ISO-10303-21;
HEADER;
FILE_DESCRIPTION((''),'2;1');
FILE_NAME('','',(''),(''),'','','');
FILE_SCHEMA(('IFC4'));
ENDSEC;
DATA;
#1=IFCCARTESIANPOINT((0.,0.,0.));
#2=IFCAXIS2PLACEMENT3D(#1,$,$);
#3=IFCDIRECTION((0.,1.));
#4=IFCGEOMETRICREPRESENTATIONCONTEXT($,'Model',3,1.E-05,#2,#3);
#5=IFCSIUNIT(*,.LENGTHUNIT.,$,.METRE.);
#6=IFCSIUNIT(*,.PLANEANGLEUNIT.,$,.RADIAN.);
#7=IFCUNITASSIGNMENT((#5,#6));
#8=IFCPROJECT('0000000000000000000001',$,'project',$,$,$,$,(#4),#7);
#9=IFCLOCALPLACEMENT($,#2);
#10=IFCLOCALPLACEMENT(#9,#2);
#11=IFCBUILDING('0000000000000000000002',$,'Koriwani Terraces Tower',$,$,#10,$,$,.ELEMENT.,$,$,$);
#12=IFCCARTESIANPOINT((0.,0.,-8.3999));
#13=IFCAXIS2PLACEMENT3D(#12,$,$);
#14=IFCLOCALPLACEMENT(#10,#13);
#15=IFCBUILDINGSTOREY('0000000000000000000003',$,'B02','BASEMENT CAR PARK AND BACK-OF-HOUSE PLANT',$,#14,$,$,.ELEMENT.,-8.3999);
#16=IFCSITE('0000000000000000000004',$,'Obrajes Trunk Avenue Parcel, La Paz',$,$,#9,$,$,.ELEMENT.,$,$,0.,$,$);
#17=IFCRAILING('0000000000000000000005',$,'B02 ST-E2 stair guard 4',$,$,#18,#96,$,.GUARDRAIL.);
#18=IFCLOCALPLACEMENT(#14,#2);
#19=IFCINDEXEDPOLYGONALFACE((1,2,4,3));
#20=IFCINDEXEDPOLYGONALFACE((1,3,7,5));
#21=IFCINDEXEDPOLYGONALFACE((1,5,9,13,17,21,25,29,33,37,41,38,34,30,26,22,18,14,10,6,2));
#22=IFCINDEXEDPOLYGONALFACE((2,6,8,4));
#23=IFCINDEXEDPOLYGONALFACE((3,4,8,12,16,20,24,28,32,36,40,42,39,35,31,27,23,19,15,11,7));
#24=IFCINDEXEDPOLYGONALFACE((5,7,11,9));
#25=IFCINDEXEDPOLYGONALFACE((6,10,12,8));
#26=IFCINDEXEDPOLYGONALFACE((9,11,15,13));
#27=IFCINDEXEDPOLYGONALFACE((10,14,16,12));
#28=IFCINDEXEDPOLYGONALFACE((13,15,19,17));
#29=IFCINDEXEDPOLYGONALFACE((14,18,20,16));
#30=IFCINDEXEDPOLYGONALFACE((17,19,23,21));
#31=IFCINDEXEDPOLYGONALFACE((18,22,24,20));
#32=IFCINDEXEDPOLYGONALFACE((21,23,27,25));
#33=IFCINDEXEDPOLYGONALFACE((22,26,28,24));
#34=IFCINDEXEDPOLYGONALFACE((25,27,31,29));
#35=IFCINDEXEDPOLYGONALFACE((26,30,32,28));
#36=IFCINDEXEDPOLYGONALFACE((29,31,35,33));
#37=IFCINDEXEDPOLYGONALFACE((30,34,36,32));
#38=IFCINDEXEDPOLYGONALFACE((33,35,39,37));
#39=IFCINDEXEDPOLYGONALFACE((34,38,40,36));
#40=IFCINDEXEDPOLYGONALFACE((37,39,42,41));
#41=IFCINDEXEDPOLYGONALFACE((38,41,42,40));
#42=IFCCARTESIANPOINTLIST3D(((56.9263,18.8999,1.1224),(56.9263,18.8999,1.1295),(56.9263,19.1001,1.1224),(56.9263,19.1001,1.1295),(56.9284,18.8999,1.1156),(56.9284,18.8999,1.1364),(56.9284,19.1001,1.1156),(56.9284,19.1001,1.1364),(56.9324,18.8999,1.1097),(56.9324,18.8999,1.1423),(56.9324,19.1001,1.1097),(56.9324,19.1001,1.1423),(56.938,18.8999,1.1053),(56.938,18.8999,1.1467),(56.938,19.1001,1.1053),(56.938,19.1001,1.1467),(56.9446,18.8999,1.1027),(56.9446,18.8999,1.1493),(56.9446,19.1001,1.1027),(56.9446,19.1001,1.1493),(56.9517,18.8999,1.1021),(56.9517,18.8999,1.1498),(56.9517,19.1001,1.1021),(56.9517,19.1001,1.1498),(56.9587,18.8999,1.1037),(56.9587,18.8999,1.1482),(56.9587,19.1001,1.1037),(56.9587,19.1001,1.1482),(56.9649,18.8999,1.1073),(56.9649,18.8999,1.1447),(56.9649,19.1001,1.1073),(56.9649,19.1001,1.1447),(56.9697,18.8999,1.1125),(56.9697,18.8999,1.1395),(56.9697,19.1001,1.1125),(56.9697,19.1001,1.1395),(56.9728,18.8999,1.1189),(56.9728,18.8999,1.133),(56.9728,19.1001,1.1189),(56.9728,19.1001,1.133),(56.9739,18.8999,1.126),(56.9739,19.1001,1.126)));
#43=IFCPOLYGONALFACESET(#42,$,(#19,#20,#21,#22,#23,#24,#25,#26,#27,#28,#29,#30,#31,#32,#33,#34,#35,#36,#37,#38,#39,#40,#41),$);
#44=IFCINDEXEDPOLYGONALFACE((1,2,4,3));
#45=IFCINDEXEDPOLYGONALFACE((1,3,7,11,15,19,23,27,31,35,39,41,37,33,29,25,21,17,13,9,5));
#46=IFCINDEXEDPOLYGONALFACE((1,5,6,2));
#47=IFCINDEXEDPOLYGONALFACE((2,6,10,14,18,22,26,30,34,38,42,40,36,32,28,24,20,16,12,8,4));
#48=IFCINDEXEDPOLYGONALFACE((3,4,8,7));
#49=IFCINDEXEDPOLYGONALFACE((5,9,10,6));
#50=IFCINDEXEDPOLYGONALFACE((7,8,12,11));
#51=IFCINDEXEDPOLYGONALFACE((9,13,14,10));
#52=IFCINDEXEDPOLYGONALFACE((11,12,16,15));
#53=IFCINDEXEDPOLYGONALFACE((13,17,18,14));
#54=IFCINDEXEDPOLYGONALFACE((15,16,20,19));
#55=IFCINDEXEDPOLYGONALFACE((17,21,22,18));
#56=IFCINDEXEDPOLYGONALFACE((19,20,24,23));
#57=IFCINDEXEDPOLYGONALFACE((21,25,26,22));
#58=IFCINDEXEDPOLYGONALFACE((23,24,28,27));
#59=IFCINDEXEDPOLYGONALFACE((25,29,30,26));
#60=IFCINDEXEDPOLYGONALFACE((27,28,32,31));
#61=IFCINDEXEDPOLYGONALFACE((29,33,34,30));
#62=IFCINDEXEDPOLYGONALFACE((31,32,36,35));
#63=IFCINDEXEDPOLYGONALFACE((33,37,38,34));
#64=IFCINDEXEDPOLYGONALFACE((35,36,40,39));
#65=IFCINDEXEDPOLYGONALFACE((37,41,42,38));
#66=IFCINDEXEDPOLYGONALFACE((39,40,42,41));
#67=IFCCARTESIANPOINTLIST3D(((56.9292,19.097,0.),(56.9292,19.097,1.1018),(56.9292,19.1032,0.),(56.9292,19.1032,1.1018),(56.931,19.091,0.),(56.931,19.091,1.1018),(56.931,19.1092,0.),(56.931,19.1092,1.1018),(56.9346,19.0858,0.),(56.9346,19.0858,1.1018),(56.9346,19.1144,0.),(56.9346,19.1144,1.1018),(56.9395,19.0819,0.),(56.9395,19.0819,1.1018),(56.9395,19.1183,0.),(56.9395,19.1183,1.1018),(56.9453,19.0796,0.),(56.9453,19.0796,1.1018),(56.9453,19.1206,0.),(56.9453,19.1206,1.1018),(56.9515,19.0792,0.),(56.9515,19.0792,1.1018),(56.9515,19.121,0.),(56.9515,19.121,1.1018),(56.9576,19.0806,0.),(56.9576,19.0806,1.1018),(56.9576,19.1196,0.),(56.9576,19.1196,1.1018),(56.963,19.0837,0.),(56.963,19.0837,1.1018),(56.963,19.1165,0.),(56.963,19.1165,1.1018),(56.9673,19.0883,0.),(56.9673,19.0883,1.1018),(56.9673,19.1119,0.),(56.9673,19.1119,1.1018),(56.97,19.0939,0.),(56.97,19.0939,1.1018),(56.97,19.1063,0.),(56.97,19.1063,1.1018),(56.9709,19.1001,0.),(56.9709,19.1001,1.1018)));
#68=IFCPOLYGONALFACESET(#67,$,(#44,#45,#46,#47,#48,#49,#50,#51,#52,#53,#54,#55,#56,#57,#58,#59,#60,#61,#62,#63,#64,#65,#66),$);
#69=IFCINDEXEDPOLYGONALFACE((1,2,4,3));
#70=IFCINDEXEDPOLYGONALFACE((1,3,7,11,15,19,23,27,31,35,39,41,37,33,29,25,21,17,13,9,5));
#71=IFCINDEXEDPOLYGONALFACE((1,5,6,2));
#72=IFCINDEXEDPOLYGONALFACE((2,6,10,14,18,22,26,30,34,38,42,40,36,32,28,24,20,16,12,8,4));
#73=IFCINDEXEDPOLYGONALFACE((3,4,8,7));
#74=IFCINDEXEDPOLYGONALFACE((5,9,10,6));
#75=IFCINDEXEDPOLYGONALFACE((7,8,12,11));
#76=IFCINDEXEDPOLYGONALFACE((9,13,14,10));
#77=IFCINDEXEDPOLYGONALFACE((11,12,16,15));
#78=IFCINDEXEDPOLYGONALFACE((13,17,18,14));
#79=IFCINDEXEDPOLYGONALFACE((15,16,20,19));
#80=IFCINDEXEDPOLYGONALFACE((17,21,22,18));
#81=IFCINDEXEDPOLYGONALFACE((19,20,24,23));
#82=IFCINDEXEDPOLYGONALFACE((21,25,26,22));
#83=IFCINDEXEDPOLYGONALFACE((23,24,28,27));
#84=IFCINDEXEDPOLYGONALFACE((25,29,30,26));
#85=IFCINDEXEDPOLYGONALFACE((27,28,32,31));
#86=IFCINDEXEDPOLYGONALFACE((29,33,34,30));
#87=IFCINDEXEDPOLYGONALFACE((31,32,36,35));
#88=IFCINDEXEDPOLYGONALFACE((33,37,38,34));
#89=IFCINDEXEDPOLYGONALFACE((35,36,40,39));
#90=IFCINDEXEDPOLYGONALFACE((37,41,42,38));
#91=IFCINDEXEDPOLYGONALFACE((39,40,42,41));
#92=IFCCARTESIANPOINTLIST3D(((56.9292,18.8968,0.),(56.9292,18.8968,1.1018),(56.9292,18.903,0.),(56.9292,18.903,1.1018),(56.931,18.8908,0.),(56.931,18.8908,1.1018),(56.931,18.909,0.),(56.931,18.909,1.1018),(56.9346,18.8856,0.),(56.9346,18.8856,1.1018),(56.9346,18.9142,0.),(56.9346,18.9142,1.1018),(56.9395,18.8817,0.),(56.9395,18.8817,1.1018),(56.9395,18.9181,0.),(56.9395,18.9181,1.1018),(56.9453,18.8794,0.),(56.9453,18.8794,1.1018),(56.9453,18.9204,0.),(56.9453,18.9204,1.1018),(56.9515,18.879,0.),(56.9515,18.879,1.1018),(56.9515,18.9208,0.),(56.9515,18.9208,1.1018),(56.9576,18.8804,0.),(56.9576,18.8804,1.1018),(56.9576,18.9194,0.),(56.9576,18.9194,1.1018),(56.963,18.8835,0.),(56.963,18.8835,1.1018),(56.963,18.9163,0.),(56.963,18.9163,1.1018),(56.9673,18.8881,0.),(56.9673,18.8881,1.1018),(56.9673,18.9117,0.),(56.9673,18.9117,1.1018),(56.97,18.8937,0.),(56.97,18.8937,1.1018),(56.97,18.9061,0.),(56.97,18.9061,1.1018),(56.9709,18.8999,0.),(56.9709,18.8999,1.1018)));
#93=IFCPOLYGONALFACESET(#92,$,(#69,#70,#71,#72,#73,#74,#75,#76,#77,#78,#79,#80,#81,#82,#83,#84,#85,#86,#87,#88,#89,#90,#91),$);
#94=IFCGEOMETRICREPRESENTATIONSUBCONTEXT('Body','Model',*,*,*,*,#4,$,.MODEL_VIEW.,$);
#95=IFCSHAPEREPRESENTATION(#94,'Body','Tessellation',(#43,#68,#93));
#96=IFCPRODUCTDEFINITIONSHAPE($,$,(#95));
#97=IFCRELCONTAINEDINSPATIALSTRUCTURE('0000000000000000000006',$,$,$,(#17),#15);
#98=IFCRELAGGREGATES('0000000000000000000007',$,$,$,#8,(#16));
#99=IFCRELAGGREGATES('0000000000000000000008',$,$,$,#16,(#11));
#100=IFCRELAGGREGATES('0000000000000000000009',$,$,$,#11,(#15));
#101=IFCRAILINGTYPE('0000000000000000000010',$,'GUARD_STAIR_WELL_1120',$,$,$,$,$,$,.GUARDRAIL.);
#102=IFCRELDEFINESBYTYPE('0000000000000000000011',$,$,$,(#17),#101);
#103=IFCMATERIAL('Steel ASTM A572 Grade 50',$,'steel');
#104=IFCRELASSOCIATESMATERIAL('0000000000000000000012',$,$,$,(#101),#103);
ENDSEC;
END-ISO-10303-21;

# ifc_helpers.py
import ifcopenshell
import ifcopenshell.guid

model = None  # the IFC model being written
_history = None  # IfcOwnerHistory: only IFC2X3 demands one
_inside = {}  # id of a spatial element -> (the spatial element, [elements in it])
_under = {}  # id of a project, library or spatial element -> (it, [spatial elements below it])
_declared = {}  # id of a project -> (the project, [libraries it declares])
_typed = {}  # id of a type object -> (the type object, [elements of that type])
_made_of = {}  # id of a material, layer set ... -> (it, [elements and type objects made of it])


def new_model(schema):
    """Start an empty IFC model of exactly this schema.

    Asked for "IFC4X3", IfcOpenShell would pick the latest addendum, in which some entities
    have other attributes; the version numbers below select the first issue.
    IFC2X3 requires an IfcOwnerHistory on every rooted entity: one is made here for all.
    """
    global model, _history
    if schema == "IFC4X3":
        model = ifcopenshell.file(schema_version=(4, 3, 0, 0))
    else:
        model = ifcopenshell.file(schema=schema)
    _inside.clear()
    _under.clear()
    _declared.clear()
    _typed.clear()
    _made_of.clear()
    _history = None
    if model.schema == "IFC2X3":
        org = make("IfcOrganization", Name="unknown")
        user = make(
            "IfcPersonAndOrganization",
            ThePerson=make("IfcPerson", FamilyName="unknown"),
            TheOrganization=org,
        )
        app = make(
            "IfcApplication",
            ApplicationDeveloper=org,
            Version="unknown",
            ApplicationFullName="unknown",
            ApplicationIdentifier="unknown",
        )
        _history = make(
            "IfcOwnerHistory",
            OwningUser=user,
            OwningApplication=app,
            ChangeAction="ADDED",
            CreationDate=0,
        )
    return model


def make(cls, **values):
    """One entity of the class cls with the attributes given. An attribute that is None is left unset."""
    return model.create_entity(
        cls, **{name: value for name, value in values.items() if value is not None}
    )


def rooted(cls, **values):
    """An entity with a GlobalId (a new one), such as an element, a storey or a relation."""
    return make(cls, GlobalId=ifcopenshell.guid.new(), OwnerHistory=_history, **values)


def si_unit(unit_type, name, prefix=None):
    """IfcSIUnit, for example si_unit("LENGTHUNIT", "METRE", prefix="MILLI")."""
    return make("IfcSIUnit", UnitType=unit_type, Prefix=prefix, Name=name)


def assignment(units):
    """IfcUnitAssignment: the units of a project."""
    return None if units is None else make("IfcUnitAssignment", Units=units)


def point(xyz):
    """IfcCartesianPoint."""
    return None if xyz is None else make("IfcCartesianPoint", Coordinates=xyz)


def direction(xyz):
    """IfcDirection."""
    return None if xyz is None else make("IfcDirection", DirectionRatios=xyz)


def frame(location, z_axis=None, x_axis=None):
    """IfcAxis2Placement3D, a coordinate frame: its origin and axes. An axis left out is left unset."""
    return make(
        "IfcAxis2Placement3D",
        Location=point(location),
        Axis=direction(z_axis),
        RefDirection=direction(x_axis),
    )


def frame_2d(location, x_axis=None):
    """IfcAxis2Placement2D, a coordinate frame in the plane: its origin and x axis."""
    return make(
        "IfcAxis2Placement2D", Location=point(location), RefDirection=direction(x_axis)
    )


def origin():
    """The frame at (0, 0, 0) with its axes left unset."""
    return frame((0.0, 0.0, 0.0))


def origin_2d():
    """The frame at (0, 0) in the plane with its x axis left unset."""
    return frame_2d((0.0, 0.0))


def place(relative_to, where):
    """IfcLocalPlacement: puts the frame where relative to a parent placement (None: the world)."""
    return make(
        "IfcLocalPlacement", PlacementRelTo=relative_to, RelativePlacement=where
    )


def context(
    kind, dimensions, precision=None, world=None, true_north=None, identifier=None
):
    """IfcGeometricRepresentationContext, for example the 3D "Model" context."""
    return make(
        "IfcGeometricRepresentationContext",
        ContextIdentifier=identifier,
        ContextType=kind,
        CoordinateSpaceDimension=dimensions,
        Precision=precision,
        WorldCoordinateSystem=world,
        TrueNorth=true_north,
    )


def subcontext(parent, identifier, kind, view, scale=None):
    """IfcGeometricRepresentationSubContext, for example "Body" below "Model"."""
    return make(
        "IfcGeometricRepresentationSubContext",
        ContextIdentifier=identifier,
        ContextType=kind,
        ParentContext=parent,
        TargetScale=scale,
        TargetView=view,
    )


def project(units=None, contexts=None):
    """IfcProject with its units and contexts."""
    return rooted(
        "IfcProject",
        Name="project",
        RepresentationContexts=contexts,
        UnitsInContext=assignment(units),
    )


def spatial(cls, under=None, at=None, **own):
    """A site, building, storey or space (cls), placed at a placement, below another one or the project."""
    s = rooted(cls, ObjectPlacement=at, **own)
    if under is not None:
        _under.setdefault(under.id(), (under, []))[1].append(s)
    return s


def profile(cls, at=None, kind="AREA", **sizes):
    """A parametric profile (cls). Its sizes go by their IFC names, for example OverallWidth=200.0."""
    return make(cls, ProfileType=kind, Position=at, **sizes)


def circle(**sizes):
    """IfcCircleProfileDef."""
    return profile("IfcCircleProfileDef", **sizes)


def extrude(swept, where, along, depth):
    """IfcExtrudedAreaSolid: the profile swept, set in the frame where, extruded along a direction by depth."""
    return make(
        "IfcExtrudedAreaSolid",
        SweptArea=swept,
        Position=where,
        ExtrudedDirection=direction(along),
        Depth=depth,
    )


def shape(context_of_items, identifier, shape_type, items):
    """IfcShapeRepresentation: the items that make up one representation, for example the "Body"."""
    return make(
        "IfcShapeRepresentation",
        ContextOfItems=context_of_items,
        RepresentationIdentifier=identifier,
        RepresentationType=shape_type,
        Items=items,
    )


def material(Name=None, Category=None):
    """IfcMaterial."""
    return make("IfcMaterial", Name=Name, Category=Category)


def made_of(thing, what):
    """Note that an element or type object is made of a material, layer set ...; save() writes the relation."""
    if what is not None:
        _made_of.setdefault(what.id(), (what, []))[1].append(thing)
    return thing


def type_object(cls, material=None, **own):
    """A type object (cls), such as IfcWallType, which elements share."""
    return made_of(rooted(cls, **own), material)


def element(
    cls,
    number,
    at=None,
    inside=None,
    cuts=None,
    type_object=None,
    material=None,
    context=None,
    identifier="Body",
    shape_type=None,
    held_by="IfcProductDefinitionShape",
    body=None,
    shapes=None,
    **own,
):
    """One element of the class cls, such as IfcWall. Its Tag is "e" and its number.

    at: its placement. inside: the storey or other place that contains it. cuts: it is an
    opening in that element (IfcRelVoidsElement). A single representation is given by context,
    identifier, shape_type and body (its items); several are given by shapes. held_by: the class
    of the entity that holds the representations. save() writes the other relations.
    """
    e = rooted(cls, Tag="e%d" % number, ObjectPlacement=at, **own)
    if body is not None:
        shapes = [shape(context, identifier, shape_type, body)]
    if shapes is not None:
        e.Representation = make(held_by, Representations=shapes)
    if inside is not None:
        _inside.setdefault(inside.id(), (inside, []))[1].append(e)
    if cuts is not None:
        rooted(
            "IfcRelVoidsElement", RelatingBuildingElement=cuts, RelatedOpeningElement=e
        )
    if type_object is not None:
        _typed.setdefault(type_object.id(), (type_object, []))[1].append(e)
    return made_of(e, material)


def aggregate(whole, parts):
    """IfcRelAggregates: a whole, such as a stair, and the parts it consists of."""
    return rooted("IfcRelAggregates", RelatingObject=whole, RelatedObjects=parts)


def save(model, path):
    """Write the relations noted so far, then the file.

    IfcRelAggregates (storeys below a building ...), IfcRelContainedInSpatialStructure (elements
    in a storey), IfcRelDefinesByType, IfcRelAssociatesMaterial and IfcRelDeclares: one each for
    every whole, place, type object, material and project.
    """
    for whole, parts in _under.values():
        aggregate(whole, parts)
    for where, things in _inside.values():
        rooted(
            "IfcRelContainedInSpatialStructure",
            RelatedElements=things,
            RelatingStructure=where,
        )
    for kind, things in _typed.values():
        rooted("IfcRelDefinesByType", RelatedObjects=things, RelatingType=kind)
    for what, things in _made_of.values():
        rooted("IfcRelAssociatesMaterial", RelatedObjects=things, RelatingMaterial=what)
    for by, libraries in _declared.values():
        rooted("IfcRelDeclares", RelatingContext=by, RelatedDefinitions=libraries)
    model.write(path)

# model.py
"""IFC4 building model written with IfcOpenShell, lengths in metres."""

from ifc_helpers import new_model, si_unit, direction, frame, origin, origin_2d, place, context, subcontext, project, spatial, circle, extrude, material, type_object, element, save


model = new_model("IFC4")

# Units and contexts
model_context = context("Model", 3, precision=1e-05, world=origin(), true_north=direction((0.0, 1.0)))
body_context = subcontext(model_context, "Body", "Model", "MODEL_VIEW")
ifc_project = project(units=[si_unit("LENGTHUNIT", "METRE"), si_unit("PLANEANGLEUNIT", "RADIAN")], contexts=[model_context])

# Site, building, storey
site_placement = place(None, origin())
site = spatial("IfcSite", under=ifc_project, at=site_placement, Name="Obrajes Trunk Avenue Parcel, La Paz", CompositionType="ELEMENT", RefElevation=0.0)
building_placement = place(site_placement, origin())
building = spatial("IfcBuilding", under=site, at=building_placement, Name="Koriwani Terraces Tower", CompositionType="ELEMENT")
storey_placement = place(building_placement, frame((0.0, 0.0, -8.3999)))
storey = spatial("IfcBuildingStorey", under=building, at=storey_placement, Name="B02", Description="BASEMENT CAR PARK AND BACK-OF-HOUSE PLANT", CompositionType="ELEMENT", Elevation=-8.3999)

# Shared definitions
ifc_material_1 = material(Name="Steel ASTM A572 Grade 50", Category="steel")

# Railing
railing_type = type_object("IfcRailingType", Name="GUARD_STAIR_WELL_1120", PredefinedType="GUARDRAIL", material=ifc_material_1)
railing_placement = place(storey_placement, frame((56.95, 19.1001, 0.0)))
element("IfcRailing", 1, at=railing_placement, inside=storey, type_object=railing_type, Name="B02 ST-E2 stair guard 4", PredefinedType="GUARDRAIL", context=body_context, shape_type="SweptSolid", body=[
    extrude(circle(Radius=0.0239, at=origin_2d()), frame((0.0, 0.0, 1.126), z_axis=(0.0, -1.0, 0.0), x_axis=(1.0, 0.0, 0.0)), (0.0, 0.0, 1.0), 0.2002),
    extrude(circle(Radius=0.021, at=origin_2d()), origin(), (0.0, 0.0, 1.0), 1.1018),
    extrude(circle(Radius=0.021, at=origin_2d()), frame((0.0, -0.2002, 0.0)), (0.0, 0.0, 1.0), 1.1018),
])

save(model, "model.ifc")
